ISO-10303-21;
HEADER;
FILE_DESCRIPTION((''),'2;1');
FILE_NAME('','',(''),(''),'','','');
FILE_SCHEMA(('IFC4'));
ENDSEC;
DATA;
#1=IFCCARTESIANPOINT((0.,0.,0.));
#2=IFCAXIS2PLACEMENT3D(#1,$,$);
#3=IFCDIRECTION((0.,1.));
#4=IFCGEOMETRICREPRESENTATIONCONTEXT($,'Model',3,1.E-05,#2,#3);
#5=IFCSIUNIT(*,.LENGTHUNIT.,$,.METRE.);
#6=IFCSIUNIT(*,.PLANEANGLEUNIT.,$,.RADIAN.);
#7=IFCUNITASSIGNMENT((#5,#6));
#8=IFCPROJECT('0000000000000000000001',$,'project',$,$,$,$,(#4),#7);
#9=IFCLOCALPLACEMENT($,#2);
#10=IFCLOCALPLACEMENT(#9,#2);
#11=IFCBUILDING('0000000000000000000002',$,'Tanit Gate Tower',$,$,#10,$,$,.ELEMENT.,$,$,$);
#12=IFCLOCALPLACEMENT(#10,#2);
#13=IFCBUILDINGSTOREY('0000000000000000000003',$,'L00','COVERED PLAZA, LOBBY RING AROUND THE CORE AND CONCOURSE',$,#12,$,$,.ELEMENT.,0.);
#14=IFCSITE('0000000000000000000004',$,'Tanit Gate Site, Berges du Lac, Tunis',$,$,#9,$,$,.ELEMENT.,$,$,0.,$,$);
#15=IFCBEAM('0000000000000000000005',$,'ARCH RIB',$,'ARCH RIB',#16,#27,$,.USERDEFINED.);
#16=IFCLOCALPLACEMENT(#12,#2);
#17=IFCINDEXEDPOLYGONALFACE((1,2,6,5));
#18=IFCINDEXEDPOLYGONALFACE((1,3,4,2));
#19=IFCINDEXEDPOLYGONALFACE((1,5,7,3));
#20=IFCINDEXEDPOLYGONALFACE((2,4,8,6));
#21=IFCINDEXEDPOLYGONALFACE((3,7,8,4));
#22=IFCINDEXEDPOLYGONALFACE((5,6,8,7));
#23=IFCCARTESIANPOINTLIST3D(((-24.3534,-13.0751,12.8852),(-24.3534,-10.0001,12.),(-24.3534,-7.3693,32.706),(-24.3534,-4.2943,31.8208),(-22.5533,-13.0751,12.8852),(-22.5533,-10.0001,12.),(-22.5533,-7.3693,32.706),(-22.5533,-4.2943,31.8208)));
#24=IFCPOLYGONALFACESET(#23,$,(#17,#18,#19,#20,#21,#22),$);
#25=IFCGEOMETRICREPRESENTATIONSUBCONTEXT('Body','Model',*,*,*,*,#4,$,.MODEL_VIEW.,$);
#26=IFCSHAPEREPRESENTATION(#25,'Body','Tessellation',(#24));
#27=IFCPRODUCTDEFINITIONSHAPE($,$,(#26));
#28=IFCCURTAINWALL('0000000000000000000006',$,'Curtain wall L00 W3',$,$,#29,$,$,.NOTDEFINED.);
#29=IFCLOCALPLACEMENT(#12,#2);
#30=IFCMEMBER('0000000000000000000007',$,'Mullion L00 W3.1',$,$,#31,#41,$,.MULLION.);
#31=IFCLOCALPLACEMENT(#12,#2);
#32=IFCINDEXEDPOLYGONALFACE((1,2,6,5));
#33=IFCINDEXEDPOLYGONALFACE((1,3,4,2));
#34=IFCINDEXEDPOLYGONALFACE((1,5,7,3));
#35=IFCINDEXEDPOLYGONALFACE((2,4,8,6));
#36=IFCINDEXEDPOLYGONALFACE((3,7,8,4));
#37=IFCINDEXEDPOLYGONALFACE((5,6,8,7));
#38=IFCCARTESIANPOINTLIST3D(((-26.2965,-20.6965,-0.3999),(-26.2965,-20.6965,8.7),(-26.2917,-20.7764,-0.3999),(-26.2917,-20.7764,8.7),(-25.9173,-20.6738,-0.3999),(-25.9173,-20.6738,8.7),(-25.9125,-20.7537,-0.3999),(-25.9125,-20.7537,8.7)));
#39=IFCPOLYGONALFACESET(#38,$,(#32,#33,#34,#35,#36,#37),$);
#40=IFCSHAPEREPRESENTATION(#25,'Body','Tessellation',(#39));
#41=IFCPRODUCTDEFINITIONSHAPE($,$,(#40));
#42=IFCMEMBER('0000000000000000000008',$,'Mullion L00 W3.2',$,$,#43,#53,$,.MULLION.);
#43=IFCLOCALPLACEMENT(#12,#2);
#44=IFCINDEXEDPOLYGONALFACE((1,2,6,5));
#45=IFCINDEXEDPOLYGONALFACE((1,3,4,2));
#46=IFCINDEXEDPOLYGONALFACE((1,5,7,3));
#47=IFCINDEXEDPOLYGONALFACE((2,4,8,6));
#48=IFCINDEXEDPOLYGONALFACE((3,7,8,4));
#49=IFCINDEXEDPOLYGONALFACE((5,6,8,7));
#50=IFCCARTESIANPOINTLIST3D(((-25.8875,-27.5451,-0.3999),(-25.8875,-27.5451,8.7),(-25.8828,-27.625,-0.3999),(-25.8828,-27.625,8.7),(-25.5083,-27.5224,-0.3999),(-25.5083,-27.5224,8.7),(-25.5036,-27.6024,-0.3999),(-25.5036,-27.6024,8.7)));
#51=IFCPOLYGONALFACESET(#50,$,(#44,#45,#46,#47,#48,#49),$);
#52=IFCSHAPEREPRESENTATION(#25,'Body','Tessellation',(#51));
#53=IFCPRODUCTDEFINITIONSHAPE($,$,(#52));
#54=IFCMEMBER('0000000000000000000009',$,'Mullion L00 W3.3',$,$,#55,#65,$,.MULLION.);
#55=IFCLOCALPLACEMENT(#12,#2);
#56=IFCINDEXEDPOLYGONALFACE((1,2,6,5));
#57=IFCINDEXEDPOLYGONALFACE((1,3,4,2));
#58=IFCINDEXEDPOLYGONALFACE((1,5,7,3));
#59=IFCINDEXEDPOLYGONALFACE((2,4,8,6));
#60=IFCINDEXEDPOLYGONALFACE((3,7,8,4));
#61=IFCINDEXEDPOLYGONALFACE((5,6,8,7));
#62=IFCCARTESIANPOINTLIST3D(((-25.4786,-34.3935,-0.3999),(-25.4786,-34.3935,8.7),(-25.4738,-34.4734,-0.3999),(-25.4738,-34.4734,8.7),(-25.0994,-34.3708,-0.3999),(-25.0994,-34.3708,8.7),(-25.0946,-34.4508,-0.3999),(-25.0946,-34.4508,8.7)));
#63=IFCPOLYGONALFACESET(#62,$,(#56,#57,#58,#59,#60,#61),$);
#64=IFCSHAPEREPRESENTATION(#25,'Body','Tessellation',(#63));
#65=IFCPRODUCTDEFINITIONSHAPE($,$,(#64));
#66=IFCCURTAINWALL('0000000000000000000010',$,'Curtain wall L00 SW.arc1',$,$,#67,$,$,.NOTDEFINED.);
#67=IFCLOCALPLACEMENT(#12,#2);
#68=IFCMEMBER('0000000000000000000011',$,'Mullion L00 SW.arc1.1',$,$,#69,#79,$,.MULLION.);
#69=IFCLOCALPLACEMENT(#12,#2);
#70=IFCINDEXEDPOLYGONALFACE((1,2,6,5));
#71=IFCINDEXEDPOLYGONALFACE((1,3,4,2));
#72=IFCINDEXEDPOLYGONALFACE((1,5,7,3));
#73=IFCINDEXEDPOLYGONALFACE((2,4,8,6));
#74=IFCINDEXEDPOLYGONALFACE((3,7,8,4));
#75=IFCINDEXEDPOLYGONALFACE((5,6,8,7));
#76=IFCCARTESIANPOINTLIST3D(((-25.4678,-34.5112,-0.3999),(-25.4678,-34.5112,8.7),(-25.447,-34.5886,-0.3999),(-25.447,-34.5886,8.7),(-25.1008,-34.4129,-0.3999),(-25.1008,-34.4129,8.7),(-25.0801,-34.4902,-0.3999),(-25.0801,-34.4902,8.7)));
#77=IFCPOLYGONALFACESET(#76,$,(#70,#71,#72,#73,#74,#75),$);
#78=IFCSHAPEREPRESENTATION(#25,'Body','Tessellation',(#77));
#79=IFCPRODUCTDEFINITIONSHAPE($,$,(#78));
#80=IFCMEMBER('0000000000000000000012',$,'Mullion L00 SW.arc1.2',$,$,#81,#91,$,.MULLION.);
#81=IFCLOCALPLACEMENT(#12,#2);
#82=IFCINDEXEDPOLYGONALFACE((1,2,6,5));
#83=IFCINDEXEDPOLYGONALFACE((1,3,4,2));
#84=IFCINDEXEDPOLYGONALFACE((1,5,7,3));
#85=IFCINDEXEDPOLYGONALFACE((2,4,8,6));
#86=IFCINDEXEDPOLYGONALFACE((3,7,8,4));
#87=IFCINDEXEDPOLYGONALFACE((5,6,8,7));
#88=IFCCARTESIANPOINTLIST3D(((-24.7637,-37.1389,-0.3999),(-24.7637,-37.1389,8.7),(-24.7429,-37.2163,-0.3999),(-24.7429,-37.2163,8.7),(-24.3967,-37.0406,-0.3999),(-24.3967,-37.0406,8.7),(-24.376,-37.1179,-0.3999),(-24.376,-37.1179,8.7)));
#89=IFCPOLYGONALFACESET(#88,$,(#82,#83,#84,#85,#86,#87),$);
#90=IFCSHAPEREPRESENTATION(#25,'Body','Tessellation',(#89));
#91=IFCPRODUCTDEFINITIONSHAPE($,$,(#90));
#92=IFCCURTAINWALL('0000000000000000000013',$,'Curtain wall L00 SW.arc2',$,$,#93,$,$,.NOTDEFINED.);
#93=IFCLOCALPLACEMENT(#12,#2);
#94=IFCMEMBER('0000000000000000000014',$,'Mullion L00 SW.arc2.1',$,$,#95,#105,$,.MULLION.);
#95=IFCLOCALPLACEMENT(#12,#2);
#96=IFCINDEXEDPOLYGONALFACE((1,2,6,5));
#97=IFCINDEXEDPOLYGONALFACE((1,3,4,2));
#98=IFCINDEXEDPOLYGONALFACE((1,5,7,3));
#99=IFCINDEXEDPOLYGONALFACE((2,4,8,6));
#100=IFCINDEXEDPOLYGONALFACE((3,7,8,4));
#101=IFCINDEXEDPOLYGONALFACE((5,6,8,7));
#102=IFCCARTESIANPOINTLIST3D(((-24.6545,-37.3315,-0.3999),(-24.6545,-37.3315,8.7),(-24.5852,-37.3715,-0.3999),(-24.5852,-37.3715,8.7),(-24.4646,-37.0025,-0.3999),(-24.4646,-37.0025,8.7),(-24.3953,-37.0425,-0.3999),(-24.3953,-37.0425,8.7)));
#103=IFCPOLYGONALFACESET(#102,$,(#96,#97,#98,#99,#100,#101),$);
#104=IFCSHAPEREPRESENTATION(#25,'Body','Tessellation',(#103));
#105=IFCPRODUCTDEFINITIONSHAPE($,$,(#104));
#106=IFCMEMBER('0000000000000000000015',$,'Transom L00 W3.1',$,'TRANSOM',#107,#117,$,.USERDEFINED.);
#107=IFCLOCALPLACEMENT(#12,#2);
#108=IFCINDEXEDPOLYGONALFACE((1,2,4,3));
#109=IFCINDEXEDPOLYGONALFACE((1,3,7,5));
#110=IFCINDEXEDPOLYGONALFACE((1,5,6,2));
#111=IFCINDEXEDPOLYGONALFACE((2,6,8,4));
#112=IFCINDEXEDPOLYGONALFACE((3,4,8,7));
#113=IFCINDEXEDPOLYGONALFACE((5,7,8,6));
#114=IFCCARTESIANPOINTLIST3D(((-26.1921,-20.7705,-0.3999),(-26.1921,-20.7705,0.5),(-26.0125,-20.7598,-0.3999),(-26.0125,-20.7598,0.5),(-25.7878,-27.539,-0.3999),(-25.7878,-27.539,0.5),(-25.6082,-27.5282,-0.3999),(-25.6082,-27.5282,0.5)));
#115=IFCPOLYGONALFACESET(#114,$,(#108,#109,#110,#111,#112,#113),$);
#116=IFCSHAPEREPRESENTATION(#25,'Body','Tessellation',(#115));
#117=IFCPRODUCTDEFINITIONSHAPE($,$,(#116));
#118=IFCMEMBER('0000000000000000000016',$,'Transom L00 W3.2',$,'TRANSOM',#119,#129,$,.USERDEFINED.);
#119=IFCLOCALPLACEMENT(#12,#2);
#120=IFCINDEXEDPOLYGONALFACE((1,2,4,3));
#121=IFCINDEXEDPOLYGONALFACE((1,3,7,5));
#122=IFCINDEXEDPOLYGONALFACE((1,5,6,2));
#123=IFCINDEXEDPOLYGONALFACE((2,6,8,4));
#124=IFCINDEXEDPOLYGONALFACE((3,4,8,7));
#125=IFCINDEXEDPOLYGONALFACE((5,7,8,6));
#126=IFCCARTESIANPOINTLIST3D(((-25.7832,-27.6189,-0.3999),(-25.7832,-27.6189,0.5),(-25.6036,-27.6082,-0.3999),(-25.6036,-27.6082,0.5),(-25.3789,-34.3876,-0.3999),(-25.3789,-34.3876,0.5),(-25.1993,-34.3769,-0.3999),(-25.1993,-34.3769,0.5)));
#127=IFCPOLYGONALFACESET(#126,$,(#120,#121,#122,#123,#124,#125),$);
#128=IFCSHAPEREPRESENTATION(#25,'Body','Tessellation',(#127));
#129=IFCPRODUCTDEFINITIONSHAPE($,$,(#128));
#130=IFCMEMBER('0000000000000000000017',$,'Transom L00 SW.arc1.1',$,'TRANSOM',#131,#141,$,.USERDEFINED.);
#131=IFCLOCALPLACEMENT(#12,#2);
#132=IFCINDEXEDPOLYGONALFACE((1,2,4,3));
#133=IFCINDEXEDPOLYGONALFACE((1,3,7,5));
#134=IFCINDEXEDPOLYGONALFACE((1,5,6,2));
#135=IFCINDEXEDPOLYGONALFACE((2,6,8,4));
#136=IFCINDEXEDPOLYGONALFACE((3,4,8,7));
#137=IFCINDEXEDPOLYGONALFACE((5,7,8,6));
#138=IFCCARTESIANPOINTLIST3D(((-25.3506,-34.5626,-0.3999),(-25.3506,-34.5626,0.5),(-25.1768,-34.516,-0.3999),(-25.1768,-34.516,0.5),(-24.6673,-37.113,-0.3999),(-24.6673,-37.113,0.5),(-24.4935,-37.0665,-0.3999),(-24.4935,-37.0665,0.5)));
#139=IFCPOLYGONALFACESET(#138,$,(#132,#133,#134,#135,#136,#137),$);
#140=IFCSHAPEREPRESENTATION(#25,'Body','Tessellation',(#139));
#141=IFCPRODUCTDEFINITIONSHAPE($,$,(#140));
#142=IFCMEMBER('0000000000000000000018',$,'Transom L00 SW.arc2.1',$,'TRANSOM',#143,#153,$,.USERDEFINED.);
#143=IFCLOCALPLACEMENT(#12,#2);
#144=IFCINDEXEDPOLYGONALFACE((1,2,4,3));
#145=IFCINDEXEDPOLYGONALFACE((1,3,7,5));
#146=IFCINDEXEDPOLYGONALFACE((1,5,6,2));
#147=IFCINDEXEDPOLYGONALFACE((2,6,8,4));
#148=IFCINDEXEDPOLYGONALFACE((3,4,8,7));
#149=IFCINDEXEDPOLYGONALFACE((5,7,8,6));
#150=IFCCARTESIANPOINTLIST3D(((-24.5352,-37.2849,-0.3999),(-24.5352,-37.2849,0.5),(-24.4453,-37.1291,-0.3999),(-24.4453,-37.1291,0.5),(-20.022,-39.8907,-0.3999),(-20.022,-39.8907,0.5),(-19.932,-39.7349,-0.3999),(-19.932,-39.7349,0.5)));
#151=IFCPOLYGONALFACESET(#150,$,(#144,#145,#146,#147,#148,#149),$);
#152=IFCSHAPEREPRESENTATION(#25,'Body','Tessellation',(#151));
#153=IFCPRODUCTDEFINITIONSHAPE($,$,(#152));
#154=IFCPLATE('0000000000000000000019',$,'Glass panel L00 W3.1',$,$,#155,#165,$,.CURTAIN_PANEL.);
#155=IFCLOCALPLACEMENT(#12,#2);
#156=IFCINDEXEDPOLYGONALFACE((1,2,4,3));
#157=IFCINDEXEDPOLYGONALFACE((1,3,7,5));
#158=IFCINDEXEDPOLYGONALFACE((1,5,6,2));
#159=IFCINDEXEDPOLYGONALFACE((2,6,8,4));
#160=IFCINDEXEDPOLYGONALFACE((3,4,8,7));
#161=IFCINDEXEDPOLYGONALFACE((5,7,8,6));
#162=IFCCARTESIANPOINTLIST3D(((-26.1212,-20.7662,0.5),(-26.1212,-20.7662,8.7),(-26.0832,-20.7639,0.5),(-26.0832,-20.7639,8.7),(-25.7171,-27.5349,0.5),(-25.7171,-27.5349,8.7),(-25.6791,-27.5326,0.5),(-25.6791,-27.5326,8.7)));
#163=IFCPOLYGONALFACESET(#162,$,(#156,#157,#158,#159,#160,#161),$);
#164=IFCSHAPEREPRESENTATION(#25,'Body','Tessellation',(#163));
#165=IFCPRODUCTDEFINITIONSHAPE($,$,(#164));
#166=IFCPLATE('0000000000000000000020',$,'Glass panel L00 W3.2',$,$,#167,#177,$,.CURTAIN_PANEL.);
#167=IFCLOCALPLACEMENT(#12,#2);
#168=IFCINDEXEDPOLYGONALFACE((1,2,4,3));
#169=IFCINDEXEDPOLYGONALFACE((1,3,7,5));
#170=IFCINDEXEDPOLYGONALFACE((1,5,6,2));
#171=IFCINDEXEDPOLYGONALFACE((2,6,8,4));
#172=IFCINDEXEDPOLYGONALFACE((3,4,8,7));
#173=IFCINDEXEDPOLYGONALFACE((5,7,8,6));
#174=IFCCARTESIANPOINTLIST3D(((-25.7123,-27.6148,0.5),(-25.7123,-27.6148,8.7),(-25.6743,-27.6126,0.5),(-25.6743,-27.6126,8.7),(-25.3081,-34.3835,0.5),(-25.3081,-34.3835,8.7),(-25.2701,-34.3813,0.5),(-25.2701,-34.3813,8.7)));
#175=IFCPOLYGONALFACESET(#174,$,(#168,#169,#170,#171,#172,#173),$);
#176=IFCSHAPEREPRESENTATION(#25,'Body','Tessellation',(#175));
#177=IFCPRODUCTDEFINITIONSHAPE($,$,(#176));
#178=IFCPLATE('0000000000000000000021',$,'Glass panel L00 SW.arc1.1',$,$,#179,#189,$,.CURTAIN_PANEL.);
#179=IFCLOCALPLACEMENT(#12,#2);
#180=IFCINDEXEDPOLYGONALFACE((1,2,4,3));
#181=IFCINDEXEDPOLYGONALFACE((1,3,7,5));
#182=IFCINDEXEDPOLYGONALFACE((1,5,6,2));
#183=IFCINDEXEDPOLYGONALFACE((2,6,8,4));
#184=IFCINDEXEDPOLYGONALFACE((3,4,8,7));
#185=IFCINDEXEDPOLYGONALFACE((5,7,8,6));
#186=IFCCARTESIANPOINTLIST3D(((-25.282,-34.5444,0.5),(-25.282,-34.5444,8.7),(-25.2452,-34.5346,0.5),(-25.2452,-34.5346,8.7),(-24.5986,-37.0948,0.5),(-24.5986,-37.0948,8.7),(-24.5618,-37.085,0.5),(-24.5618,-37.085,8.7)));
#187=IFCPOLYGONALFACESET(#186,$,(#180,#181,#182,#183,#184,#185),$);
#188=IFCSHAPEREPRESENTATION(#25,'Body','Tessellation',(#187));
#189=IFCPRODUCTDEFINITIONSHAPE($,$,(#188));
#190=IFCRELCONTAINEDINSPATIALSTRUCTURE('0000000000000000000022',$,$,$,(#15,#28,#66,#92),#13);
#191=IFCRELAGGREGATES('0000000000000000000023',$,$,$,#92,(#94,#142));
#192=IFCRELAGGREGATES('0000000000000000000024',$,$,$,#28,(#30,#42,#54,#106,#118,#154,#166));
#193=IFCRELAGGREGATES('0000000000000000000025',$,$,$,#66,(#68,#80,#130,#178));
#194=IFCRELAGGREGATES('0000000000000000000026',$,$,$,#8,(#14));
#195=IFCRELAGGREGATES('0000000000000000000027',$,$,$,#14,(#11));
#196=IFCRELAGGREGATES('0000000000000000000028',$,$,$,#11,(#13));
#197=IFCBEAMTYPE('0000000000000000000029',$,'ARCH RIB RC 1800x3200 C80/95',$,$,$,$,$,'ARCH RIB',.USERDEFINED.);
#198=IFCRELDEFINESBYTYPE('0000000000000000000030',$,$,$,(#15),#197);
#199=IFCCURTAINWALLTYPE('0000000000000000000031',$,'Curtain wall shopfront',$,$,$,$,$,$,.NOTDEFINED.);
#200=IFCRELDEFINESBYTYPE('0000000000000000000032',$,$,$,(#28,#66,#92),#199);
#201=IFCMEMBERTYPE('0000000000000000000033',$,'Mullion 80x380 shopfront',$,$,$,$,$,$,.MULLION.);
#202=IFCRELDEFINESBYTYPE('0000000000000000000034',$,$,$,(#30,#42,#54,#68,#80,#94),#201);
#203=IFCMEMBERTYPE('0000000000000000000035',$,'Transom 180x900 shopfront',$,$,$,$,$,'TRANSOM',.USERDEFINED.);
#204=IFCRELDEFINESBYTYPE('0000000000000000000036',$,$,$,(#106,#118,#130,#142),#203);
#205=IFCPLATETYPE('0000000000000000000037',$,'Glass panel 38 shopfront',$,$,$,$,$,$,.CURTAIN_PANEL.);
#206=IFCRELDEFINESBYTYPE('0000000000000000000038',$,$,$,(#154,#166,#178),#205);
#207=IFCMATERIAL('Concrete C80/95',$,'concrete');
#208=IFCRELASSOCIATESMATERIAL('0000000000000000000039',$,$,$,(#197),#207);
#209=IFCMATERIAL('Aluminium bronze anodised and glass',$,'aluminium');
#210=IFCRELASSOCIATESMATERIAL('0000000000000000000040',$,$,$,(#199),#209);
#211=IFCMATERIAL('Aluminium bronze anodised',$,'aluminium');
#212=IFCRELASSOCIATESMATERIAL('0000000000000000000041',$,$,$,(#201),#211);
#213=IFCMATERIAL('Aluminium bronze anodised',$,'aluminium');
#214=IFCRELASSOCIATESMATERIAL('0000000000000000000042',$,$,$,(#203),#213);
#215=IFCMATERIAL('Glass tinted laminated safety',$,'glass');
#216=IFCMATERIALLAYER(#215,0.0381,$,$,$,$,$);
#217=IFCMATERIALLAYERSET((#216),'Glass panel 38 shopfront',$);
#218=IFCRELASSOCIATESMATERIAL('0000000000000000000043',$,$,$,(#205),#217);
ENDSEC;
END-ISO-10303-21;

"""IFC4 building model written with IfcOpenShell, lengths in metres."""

from ifc_helpers import new_model, si_unit, direction, frame, origin, origin_2d, place, context, subcontext, project, spatial, rectangle, extrude, material, layer, layer_set, material_profile, profile_set, type_object, element, aggregate, save


model = new_model("IFC4")

# Units and contexts
model_context = context("Model", 3, precision=1e-05, world=origin(), true_north=direction((0.0, 1.0)))
body_context = subcontext(model_context, "Body", "Model", "MODEL_VIEW")
ifc_project = project(units=[si_unit("LENGTHUNIT", "METRE"), si_unit("PLANEANGLEUNIT", "RADIAN")], contexts=[model_context])

# Site, building, storey
site_placement = place(None, origin())
site = spatial("IfcSite", under=ifc_project, at=site_placement, Name="Tanit Gate Site, Berges du Lac, Tunis", CompositionType="ELEMENT", RefElevation=0.0)
building_placement = place(site_placement, origin())
building = spatial("IfcBuilding", under=site, at=building_placement, Name="Tanit Gate Tower", CompositionType="ELEMENT")
storey_placement = place(building_placement, origin())
storey = spatial("IfcBuildingStorey", under=building, at=storey_placement, Name="L00", Description="COVERED PLAZA, LOBBY RING AROUND THE CORE AND CONCOURSE", CompositionType="ELEMENT", Elevation=0.0)

# Beam
ifc_material_1 = material(Name="Concrete C80/95", Category="concrete")
ifc_material_profile_1 = material_profile(ifc_material_1, rectangle(XDim=1.8, YDim=3.2, at=origin_2d()), Name="RC 1800x3200")
ifc_profile_set_1 = profile_set([ifc_material_profile_1], Name="Concrete C80/95")
beam_type = type_object("IfcBeamType", Name="ARCH RIB RC 1800x3200 C80/95", ElementType="ARCH RIB", PredefinedType="USERDEFINED", material=ifc_profile_set_1)
beam_placement = place(storey_placement, frame((-23.4534, -5.8318, 32.2634), z_axis=(0.0, -0.276636, -0.960975), x_axis=(1.0, 0.0, 0.0)))
element("IfcBeam", 1, at=beam_placement, inside=storey, type_object=beam_type, Name="ARCH RIB", ObjectType="ARCH RIB", PredefinedType="USERDEFINED", context=body_context, shape_type="SweptSolid", body=[
    extrude(rectangle(XDim=1.8, YDim=3.2, at=origin_2d()), origin(), (0.0, 0.0, 1.0), 20.6257),
])

# Curtain walls, members
ifc_material_2 = material(Name="Aluminium bronze anodised and glass", Category="aluminium")
curtain_wall_type = type_object("IfcCurtainWallType", Name="Curtain wall shopfront", PredefinedType="NOTDEFINED", material=ifc_material_2)
curtain_wall_1_placement = place(storey_placement, origin())
curtain_wall_1 = element("IfcCurtainWall", 2, at=curtain_wall_1_placement, inside=storey, type_object=curtain_wall_type, Name="Curtain wall L00 W3", PredefinedType="NOTDEFINED")
ifc_material_3 = material(Name="Aluminium bronze anodised", Category="aluminium")
ifc_material_profile_2 = material_profile(ifc_material_3, rectangle(XDim=0.3799, YDim=0.0801, at=origin_2d()), Name="80x380 bronze mullion")
ifc_profile_set_2 = profile_set([ifc_material_profile_2], Name="Aluminium bronze anodised")
member_type_1 = type_object("IfcMemberType", Name="Mullion 80x380 shopfront", PredefinedType="MULLION", material=ifc_profile_set_2)
member_1_placement = place(storey_placement, frame((-26.1045, -20.7251, -0.3999), z_axis=(0.0, 0.0, 1.0), x_axis=(0.998222, 0.059605, 0.0)))
member_1 = element("IfcMember", 3, at=member_1_placement, type_object=member_type_1, Name="Mullion L00 W3.1", PredefinedType="MULLION", context=body_context, shape_type="SweptSolid", body=[
    extrude(rectangle(XDim=0.3799, YDim=0.0801, at=origin_2d()), origin(), (0.0, 0.0, 1.0), 9.0999),
])
member_2_placement = place(storey_placement, frame((-25.6956, -27.5737, -0.3999), z_axis=(0.0, 0.0, 1.0), x_axis=(0.998222, 0.059605, 0.0)))
member_2 = element("IfcMember", 4, at=member_2_placement, type_object=member_type_1, Name="Mullion L00 W3.2", PredefinedType="MULLION", context=body_context, shape_type="SweptSolid", body=[
    extrude(rectangle(XDim=0.3799, YDim=0.0801, at=origin_2d()), origin(), (0.0, 0.0, 1.0), 9.0999),
])
member_3_placement = place(storey_placement, frame((-25.2866, -34.4221, -0.3999), z_axis=(0.0, 0.0, 1.0), x_axis=(0.998222, 0.059605, 0.0)))
member_3 = element("IfcMember", 5, at=member_3_placement, type_object=member_type_1, Name="Mullion L00 W3.3", PredefinedType="MULLION", context=body_context, shape_type="SweptSolid", body=[
    extrude(rectangle(XDim=0.3799, YDim=0.0801, at=origin_2d()), origin(), (0.0, 0.0, 1.0), 9.0999),
])
curtain_wall_2_placement = place(storey_placement, origin())
curtain_wall_2 = element("IfcCurtainWall", 6, at=curtain_wall_2_placement, inside=storey, type_object=curtain_wall_type, Name="Curtain wall L00 SW.arc1", PredefinedType="NOTDEFINED")
member_4_placement = place(storey_placement, frame((-25.2739, -34.5007, -0.3999), z_axis=(0.0, 0.0, 1.0), x_axis=(0.965926, 0.258819, 0.0)))
member_4 = element("IfcMember", 7, at=member_4_placement, type_object=member_type_1, Name="Mullion L00 SW.arc1.1", PredefinedType="MULLION", context=body_context, shape_type="SweptSolid", body=[
    extrude(rectangle(XDim=0.3799, YDim=0.0801, at=origin_2d()), origin(), (0.0, 0.0, 1.0), 9.0999),
])
member_5_placement = place(storey_placement, frame((-24.5698, -37.1284, -0.3999), z_axis=(0.0, 0.0, 1.0), x_axis=(0.965926, 0.258819, 0.0)))
member_5 = element("IfcMember", 8, at=member_5_placement, type_object=member_type_1, Name="Mullion L00 SW.arc1.2", PredefinedType="MULLION", context=body_context, shape_type="SweptSolid", body=[
    extrude(rectangle(XDim=0.3799, YDim=0.0801, at=origin_2d()), origin(), (0.0, 0.0, 1.0), 9.0999),
])

# Curtain wall, member
curtain_wall_3_placement = place(storey_placement, origin())
curtain_wall_3 = element("IfcCurtainWall", 9, at=curtain_wall_3_placement, inside=storey, type_object=curtain_wall_type, Name="Curtain wall L00 SW.arc2", PredefinedType="NOTDEFINED")
member_6_placement = place(storey_placement, frame((-24.5249, -37.187, -0.3999), z_axis=(0.0, 0.0, 1.0), x_axis=(0.5, 0.866025, 0.0)))
member_6 = element("IfcMember", 10, at=member_6_placement, type_object=member_type_1, Name="Mullion L00 SW.arc2.1", PredefinedType="MULLION", context=body_context, shape_type="SweptSolid", body=[
    extrude(rectangle(XDim=0.3799, YDim=0.0801, at=origin_2d()), origin(), (0.0, 0.0, 1.0), 9.0999),
])

# Members
ifc_material_4 = material(Name="Aluminium bronze anodised", Category="aluminium")
ifc_material_profile_3 = material_profile(ifc_material_4, rectangle(XDim=0.1799, YDim=0.8999, at=origin_2d()), Name="180x900 bronze transom")
ifc_profile_set_3 = profile_set([ifc_material_profile_3], Name="Aluminium bronze anodised")
member_type_2 = type_object("IfcMemberType", Name="Transom 180x900 shopfront", ElementType="TRANSOM", PredefinedType="USERDEFINED", material=ifc_profile_set_3)
member_7_placement = place(storey_placement, frame((-26.1023, -20.7651, 0.05), z_axis=(0.059625, -0.998221, 0.0), x_axis=(0.998221, 0.059625, 0.0)))
member_7 = element("IfcMember", 11, at=member_7_placement, type_object=member_type_2, Name="Transom L00 W3.1", ObjectType="TRANSOM", PredefinedType="USERDEFINED", context=body_context, shape_type="SweptSolid", body=[
    extrude(rectangle(XDim=0.1799, YDim=0.8999, at=origin_2d()), origin(), (0.0, 0.0, 1.0), 6.7805),
])
member_8_placement = place(storey_placement, frame((-25.6934, -27.6135, 0.05), z_axis=(0.059623, -0.998221, 0.0), x_axis=(0.998221, 0.059623, 0.0)))
member_8 = element("IfcMember", 12, at=member_8_placement, type_object=member_type_2, Name="Transom L00 W3.2", ObjectType="TRANSOM", PredefinedType="USERDEFINED", context=body_context, shape_type="SweptSolid", body=[
    extrude(rectangle(XDim=0.1799, YDim=0.8999, at=origin_2d()), origin(), (0.0, 0.0, 1.0), 6.7808),
])
member_9_placement = place(storey_placement, frame((-25.2637, -34.5393, 0.05), z_axis=(0.258796, -0.965932, 0.0), x_axis=(0.965932, 0.258796, 0.0)))
member_9 = element("IfcMember", 13, at=member_9_placement, type_object=member_type_2, Name="Transom L00 SW.arc1.1", ObjectType="TRANSOM", PredefinedType="USERDEFINED", context=body_context, shape_type="SweptSolid", body=[
    extrude(rectangle(XDim=0.1799, YDim=0.8999, at=origin_2d()), origin(), (0.0, 0.0, 1.0), 2.6404),
])
member_10_placement = place(storey_placement, frame((-24.4902, -37.207, 0.05), z_axis=(0.866023, -0.500004, 0.0), x_axis=(0.500004, 0.866023, 0.0)))
member_10 = element("IfcMember", 14, at=member_10_placement, type_object=member_type_2, Name="Transom L00 SW.arc2.1", ObjectType="TRANSOM", PredefinedType="USERDEFINED", context=body_context, shape_type="SweptSolid", body=[
    extrude(rectangle(XDim=0.1799, YDim=0.8999, at=origin_2d()), origin(), (0.0, 0.0, 1.0), 5.2114),
])
aggregate(curtain_wall_3, [member_6, member_10])

# Plates
ifc_material_5 = material(Name="Glass tinted laminated safety", Category="glass")
ifc_layer_1 = layer(ifc_material_5, 0.0381)
ifc_layer_set_1 = layer_set([ifc_layer_1], Name="Glass panel 38 shopfront")
plate_type = type_object("IfcPlateType", Name="Glass panel 38 shopfront", PredefinedType="CURTAIN_PANEL", material=ifc_layer_set_1)
plate_1_placement = place(storey_placement, frame((-25.9001, -24.1494, 0.5), z_axis=(0.0, 0.0, 1.0), x_axis=(0.059605, -0.998222, 0.0)))
plate_1 = element("IfcPlate", 15, at=plate_1_placement, type_object=plate_type, Name="Glass panel L00 W3.1", PredefinedType="CURTAIN_PANEL", context=body_context, shape_type="SweptSolid", body=[
    extrude(rectangle(XDim=6.7808, YDim=0.0381, at=origin_2d()), origin(), (0.0, 0.0, 1.0), 8.2),
])
plate_2_placement = place(storey_placement, frame((-25.4912, -30.998, 0.5), z_axis=(0.0, 0.0, 1.0), x_axis=(0.059605, -0.998222, 0.0)))
plate_2 = element("IfcPlate", 16, at=plate_2_placement, type_object=plate_type, Name="Glass panel L00 W3.2", PredefinedType="CURTAIN_PANEL", context=body_context, shape_type="SweptSolid", body=[
    extrude(rectangle(XDim=6.7808, YDim=0.0381, at=origin_2d()), origin(), (0.0, 0.0, 1.0), 8.2),
])
aggregate(curtain_wall_1, [member_1, member_2, member_3, member_7, member_8, plate_1, plate_2])
plate_3_placement = place(storey_placement, frame((-24.9219, -35.8147, 0.5), z_axis=(0.0, 0.0, 1.0), x_axis=(0.258819, -0.965926, 0.0)))
plate_3 = element("IfcPlate", 17, at=plate_3_placement, type_object=plate_type, Name="Glass panel L00 SW.arc1.1", PredefinedType="CURTAIN_PANEL", context=body_context, shape_type="SweptSolid", body=[
    extrude(rectangle(XDim=2.6404, YDim=0.0381, at=origin_2d()), origin(), (0.0, 0.0, 1.0), 8.2),
])
aggregate(curtain_wall_2, [member_4, member_5, member_9, plate_3])

save(model, "model.ifc")
